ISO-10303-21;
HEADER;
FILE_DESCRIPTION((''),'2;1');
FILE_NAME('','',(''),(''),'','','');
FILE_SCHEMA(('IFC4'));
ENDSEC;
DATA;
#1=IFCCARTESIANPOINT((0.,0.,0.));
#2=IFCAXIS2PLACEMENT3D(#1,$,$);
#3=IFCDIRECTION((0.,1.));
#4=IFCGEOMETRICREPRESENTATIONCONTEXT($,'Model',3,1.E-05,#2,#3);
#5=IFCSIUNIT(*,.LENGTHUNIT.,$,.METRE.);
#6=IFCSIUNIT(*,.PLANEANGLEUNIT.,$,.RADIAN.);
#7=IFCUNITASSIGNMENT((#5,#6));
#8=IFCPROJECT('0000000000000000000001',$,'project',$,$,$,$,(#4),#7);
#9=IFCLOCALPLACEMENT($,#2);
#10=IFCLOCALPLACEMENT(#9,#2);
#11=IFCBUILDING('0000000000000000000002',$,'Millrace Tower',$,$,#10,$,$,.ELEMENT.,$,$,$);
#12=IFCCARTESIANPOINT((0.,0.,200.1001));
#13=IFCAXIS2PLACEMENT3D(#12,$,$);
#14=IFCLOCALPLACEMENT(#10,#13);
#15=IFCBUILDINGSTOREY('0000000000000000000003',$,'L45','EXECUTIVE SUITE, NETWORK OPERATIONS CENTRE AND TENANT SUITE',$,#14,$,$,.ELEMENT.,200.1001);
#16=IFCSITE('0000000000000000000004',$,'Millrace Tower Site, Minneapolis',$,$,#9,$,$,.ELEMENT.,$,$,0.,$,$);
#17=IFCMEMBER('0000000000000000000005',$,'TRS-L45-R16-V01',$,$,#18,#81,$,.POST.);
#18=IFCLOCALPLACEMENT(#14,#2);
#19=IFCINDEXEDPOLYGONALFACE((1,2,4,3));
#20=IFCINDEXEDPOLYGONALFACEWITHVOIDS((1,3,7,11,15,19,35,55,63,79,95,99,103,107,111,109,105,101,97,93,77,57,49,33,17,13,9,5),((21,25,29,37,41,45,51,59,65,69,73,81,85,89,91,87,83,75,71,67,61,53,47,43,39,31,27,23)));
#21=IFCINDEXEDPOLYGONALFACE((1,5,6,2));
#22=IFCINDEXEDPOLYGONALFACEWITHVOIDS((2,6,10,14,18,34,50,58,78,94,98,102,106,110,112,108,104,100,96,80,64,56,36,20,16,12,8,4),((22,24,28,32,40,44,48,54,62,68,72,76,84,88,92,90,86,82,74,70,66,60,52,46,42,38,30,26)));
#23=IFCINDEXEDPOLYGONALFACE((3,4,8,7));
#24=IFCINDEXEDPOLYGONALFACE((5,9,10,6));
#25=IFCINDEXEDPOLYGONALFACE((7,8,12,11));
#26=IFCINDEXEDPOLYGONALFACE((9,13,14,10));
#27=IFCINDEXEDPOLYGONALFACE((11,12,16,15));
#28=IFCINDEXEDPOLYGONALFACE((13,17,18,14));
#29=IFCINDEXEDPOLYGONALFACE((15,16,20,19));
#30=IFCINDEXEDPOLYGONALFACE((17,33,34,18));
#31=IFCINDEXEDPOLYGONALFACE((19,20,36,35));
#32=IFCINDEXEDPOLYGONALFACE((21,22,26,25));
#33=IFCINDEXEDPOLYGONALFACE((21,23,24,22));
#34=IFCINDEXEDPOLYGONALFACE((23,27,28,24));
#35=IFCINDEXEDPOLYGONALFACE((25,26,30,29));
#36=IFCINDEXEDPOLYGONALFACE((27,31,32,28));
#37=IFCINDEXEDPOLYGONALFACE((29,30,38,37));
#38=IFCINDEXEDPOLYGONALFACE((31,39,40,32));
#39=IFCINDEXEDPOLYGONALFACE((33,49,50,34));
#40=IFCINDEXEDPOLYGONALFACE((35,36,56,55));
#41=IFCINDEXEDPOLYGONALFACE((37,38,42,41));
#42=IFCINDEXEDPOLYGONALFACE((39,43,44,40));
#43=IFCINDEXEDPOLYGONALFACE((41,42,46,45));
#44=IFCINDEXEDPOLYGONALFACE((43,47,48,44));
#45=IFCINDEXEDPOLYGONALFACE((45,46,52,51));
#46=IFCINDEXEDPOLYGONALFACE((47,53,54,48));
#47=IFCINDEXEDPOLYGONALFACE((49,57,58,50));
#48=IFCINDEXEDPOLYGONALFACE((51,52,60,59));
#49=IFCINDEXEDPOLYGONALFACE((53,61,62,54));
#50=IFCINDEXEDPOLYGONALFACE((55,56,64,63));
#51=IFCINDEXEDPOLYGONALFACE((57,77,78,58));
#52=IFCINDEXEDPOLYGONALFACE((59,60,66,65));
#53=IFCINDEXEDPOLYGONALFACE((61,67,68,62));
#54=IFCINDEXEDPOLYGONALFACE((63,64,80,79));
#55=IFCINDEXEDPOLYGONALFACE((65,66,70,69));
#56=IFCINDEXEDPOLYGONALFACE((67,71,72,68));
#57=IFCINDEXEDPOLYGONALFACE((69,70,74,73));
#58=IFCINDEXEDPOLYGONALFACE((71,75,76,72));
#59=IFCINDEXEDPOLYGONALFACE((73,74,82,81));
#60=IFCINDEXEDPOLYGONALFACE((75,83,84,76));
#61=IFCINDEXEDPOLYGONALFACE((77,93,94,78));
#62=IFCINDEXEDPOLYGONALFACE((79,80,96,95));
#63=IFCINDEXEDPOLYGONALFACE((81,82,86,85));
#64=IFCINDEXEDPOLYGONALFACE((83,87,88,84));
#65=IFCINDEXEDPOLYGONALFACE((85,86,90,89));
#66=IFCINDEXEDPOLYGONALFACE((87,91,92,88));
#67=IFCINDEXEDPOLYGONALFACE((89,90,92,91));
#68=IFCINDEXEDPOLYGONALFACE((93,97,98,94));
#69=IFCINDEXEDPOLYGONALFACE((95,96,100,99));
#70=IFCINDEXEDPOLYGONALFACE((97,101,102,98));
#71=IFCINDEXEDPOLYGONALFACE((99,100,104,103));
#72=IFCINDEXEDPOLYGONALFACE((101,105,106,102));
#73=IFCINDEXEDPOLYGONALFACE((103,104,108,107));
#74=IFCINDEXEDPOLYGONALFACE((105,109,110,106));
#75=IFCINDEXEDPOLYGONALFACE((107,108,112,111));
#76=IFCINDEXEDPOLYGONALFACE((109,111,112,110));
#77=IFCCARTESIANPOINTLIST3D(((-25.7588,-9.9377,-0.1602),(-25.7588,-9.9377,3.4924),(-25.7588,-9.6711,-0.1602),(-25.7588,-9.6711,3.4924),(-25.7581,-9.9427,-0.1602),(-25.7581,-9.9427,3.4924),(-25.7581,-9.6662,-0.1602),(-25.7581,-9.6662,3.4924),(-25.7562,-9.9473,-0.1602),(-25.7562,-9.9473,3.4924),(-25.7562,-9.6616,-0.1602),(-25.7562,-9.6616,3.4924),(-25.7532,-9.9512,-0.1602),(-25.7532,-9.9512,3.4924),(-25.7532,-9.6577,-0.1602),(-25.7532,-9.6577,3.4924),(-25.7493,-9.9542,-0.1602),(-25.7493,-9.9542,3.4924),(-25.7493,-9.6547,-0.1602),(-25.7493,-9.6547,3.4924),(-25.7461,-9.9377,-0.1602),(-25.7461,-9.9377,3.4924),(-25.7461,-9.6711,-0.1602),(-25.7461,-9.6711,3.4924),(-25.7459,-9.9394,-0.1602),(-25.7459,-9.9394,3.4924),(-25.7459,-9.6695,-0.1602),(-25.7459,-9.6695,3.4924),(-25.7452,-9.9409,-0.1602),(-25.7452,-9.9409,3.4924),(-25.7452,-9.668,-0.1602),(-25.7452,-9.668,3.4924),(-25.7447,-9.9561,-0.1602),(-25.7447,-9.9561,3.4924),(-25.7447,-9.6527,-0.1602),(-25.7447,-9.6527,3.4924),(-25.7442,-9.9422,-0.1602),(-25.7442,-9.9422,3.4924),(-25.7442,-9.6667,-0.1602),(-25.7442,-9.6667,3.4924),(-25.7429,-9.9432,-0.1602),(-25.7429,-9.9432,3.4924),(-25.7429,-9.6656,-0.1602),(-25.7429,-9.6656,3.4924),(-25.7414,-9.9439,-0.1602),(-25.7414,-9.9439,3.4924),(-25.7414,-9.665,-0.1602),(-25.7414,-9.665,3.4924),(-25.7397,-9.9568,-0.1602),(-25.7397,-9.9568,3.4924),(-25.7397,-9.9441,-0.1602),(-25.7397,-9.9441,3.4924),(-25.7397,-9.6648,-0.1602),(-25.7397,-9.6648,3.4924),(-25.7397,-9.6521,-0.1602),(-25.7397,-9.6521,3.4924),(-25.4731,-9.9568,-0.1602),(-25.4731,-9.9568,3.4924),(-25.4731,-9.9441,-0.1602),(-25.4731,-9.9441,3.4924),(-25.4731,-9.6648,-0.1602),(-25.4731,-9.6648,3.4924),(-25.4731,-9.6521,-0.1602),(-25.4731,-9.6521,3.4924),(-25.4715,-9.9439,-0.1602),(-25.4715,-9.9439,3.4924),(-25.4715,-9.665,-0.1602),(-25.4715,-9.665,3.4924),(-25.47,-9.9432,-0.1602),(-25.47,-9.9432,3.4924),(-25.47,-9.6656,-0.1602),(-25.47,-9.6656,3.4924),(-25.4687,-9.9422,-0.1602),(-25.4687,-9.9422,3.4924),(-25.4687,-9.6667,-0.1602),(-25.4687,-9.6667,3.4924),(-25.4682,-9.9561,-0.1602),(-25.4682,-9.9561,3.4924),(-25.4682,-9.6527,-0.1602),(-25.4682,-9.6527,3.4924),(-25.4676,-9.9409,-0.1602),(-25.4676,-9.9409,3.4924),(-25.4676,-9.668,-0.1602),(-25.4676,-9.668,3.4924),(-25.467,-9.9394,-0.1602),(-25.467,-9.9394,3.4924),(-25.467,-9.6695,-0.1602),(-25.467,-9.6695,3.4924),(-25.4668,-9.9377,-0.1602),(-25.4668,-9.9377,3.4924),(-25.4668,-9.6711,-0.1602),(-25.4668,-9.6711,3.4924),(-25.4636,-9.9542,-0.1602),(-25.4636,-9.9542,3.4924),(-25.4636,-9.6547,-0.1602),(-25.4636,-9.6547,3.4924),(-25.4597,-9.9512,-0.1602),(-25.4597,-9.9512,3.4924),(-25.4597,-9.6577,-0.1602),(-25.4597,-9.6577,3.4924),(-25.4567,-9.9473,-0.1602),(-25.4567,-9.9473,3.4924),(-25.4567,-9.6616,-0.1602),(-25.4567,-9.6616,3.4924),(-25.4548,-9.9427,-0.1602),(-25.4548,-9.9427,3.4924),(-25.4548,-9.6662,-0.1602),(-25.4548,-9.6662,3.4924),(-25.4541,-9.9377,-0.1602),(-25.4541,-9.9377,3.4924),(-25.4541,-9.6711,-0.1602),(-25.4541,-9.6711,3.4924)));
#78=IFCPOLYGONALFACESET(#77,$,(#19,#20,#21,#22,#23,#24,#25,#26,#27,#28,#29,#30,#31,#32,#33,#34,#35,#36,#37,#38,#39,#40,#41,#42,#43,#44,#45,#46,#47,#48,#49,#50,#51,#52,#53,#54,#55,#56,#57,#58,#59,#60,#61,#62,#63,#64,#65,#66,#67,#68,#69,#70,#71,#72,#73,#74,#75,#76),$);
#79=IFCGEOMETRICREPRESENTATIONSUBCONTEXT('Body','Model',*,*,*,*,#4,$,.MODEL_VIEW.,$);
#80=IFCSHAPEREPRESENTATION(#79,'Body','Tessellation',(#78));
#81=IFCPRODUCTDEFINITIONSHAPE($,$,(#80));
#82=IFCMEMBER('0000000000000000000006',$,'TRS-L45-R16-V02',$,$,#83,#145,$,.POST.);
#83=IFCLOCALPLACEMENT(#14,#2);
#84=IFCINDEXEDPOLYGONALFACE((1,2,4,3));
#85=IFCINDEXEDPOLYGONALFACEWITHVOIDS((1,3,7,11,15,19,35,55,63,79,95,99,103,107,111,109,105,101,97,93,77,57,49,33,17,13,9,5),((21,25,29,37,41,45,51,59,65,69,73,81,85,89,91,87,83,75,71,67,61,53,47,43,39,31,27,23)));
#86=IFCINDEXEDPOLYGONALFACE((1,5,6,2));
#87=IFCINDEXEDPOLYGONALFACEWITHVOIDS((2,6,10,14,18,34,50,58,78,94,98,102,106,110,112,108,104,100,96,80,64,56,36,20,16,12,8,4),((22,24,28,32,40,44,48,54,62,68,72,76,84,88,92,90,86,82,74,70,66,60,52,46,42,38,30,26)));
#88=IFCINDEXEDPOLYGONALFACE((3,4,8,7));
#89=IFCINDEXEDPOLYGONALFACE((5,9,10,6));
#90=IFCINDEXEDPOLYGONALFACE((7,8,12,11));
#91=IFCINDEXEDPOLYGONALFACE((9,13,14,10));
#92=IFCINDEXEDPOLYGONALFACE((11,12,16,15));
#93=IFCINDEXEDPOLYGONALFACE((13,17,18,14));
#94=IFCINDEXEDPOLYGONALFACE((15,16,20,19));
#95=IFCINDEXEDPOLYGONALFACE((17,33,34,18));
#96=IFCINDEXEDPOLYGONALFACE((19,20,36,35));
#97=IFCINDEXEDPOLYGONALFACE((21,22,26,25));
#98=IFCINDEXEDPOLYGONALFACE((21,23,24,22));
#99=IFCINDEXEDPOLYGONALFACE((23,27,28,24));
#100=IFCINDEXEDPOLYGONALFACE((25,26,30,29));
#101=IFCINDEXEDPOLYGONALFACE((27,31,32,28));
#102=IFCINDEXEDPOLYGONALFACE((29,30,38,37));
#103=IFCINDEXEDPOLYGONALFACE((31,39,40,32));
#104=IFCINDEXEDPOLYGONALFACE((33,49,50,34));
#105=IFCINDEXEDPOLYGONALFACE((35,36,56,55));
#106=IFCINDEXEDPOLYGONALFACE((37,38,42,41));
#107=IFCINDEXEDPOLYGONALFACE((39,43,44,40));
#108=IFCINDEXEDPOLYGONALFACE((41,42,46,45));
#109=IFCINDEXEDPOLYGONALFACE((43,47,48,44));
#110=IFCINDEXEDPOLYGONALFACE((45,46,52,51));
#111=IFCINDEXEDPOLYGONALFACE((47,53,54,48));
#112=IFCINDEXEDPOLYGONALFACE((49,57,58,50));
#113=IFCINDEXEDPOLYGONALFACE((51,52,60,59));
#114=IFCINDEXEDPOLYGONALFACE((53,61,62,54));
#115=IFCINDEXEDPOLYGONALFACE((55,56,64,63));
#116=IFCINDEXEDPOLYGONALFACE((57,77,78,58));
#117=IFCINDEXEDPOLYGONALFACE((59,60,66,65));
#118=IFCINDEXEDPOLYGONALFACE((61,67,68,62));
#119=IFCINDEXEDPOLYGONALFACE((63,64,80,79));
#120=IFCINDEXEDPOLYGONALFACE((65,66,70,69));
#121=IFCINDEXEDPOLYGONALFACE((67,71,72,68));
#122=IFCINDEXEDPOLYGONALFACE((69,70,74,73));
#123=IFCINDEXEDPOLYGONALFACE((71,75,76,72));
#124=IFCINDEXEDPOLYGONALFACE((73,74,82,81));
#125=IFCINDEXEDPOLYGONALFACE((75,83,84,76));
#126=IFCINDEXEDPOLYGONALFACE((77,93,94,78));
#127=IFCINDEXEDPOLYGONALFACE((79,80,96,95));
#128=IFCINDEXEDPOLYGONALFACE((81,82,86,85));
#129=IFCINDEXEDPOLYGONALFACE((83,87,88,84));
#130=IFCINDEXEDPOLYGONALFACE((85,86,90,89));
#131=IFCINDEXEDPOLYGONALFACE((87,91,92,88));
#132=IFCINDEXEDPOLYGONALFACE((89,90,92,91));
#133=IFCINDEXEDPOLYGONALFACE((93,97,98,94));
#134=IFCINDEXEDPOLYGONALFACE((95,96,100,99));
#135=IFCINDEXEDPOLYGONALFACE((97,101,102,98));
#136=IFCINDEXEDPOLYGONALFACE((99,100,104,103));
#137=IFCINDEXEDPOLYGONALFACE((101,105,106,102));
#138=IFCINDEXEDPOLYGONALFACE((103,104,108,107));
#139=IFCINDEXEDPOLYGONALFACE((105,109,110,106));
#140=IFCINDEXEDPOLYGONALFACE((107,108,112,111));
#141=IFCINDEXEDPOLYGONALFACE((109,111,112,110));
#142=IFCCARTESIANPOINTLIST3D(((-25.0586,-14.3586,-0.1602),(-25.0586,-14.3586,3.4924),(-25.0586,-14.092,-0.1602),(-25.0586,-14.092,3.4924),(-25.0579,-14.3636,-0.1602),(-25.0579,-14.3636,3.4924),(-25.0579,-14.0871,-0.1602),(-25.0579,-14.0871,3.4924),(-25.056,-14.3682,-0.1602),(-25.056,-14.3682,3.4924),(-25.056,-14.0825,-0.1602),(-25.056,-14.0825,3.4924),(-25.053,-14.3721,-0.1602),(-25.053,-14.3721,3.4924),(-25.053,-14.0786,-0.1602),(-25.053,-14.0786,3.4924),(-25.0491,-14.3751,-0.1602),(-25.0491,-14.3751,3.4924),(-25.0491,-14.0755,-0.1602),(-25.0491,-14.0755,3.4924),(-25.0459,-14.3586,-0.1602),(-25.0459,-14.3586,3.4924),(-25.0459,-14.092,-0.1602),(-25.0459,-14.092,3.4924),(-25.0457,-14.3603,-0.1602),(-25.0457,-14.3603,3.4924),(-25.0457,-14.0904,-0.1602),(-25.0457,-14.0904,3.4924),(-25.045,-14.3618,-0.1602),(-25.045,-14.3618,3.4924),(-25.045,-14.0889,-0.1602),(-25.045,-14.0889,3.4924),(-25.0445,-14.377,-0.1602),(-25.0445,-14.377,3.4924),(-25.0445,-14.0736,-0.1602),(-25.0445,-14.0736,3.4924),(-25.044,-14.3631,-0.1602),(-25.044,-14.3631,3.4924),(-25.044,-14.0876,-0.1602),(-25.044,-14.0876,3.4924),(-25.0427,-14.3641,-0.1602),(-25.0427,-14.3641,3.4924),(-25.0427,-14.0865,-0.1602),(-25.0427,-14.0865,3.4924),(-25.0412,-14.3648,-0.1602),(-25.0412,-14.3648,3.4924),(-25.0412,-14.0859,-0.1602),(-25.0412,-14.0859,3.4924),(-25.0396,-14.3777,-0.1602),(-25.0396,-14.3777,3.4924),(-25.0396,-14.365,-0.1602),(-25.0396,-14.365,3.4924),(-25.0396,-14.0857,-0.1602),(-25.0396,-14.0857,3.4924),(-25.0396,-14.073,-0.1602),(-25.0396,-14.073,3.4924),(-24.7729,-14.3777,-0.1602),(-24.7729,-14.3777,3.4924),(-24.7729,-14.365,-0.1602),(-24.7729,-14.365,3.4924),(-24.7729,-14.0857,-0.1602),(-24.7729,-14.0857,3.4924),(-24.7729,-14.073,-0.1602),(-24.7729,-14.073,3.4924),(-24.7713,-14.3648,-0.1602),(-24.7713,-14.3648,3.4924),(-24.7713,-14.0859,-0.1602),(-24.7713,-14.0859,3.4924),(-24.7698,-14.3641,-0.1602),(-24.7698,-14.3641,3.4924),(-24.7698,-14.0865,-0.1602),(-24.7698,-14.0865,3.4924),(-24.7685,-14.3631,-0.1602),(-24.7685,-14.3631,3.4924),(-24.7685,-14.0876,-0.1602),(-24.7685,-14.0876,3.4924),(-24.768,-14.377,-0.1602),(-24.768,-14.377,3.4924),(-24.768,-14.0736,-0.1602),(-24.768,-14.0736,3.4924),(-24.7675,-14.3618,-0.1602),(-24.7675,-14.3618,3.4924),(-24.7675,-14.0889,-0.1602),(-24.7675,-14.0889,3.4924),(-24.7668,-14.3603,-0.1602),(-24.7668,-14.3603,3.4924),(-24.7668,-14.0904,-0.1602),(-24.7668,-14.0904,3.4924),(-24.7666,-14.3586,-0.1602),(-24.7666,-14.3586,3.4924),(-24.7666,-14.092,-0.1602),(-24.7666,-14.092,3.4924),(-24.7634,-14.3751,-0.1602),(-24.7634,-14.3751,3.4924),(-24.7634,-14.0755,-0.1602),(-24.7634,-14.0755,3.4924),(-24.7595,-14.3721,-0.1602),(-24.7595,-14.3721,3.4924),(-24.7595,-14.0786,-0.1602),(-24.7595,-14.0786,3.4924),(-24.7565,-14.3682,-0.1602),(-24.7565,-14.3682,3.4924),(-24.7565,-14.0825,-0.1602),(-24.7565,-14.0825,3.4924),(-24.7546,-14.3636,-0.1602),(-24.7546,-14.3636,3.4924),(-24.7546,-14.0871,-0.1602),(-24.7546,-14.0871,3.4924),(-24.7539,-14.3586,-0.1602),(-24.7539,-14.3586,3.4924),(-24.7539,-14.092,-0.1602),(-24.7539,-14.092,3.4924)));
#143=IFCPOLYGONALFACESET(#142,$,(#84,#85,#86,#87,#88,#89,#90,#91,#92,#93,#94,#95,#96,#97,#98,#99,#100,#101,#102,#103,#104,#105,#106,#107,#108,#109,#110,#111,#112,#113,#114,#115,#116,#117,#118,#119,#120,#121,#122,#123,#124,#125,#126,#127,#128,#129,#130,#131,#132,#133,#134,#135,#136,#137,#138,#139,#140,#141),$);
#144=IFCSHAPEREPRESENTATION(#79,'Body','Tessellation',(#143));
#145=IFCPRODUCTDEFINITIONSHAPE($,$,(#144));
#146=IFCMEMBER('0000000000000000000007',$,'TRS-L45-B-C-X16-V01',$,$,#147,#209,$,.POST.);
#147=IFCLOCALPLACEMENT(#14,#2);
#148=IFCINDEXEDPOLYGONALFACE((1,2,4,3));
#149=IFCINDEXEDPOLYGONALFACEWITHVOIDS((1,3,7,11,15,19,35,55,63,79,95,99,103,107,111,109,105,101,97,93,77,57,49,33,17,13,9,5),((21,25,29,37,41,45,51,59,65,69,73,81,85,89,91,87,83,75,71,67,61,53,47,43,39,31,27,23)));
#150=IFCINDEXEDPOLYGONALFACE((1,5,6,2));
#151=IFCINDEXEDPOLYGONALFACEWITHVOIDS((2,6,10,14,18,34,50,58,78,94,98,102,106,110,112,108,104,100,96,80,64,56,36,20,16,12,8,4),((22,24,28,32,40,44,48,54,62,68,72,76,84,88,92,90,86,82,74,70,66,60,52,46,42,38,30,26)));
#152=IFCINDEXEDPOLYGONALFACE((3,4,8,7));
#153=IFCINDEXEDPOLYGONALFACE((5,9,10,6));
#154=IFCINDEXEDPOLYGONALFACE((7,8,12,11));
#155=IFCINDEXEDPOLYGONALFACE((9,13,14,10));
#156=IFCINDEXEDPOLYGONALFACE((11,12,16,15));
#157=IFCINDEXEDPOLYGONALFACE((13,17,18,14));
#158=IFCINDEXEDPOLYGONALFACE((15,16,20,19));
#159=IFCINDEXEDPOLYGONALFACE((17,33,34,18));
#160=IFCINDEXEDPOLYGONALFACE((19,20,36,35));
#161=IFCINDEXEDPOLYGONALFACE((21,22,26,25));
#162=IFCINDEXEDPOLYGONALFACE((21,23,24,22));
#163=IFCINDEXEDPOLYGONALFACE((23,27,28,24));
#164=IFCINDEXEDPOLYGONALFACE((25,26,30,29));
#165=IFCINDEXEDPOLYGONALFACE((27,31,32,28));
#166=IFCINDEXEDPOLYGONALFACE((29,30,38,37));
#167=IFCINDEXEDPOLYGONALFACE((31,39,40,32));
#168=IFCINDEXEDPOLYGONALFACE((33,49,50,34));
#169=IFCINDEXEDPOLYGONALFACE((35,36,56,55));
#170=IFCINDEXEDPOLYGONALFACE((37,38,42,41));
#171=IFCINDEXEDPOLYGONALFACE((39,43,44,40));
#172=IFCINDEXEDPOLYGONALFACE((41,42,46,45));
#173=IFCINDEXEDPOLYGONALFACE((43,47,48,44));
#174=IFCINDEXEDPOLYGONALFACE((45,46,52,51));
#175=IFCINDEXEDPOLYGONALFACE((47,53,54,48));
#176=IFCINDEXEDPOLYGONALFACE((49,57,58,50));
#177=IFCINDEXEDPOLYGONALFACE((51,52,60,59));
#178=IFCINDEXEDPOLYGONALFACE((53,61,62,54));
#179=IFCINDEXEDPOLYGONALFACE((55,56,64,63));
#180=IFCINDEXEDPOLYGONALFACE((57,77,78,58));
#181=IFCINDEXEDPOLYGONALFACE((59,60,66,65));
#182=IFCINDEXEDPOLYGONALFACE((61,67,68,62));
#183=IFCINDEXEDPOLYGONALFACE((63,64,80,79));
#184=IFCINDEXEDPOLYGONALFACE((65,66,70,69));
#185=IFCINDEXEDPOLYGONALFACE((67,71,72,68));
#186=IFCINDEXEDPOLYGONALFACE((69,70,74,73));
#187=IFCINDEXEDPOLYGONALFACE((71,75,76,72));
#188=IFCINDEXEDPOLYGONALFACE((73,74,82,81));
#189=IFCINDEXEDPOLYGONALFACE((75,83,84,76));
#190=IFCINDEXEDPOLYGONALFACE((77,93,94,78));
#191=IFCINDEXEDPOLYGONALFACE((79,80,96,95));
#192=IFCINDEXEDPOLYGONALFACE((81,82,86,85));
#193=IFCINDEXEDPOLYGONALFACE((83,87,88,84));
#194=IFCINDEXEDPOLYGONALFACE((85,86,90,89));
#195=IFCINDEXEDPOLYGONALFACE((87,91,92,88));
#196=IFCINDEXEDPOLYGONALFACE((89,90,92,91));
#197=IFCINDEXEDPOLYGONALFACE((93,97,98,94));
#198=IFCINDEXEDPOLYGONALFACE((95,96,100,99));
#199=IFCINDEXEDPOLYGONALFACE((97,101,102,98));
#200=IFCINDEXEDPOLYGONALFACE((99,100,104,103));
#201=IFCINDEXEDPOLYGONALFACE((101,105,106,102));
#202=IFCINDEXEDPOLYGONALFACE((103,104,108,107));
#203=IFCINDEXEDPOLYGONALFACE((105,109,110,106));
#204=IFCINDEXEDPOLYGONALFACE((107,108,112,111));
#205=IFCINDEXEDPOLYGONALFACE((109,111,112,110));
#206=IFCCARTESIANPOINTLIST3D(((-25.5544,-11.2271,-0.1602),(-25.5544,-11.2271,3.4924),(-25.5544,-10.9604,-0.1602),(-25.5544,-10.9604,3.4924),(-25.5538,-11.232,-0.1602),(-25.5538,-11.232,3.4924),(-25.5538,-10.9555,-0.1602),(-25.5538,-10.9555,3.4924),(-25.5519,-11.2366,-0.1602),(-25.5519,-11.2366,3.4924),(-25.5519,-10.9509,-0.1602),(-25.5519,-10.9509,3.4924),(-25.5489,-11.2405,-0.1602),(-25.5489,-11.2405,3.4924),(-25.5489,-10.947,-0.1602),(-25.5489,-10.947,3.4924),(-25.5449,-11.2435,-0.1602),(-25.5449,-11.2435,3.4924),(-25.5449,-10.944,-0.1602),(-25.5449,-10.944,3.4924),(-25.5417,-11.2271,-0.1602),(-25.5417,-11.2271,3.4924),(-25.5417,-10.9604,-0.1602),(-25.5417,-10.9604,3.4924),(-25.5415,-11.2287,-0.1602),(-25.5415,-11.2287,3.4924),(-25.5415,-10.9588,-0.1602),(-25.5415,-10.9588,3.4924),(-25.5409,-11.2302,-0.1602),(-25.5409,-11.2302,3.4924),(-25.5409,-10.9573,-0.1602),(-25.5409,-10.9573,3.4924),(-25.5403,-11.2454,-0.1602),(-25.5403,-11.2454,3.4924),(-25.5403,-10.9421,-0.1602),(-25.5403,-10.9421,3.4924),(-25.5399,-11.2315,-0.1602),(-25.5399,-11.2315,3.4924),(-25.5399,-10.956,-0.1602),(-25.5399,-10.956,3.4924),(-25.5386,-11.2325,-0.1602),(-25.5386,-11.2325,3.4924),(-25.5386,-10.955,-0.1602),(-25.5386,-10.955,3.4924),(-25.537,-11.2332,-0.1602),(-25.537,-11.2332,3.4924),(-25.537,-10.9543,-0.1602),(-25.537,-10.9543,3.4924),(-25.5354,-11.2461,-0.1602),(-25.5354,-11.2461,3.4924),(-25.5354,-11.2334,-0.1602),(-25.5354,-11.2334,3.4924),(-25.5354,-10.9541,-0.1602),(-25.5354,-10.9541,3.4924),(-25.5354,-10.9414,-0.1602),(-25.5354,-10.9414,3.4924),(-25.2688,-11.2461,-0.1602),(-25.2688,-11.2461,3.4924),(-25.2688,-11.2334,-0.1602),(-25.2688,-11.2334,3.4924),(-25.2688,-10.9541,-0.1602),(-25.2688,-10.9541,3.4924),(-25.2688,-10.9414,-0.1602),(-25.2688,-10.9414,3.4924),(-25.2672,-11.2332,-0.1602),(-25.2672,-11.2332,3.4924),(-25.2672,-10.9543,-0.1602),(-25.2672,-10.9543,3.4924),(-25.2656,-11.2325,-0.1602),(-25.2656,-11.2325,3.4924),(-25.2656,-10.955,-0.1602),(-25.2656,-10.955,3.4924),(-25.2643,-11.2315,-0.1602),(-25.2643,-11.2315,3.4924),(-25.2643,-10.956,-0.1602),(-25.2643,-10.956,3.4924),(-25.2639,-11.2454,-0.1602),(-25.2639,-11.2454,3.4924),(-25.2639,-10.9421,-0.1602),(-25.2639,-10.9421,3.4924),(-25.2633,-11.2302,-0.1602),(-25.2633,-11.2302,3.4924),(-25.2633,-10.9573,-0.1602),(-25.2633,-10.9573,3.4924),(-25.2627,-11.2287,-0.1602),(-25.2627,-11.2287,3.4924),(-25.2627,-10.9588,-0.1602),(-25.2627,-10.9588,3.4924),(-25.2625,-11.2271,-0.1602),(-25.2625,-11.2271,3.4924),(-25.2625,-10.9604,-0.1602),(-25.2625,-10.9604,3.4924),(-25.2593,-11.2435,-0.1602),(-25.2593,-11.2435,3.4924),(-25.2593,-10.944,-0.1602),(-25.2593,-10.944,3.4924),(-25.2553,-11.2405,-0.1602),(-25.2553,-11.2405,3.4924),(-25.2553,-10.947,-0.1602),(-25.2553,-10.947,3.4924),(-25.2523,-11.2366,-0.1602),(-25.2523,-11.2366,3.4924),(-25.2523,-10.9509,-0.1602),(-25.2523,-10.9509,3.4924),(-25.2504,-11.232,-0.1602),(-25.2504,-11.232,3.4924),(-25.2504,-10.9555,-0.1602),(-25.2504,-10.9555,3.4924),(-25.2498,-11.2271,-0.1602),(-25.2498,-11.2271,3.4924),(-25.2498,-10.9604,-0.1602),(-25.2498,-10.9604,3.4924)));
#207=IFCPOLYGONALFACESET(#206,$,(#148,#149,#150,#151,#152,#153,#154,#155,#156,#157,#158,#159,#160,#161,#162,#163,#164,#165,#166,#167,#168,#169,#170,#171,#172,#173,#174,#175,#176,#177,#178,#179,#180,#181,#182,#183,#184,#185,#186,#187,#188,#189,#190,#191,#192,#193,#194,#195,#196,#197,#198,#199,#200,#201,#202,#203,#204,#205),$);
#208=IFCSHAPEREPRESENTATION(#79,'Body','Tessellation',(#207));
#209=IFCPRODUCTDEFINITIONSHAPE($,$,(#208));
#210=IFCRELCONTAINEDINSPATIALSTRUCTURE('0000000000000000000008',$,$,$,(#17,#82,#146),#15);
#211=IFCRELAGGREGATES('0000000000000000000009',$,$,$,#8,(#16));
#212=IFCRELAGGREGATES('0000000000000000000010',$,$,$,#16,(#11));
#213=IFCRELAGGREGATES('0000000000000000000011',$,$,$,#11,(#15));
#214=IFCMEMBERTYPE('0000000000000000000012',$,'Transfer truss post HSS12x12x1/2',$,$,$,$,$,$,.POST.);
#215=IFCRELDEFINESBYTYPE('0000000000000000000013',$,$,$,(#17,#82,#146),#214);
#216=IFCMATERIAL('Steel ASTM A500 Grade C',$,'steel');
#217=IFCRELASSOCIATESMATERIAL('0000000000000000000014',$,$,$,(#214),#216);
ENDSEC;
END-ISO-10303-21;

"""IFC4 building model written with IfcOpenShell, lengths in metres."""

from ifc_helpers import new_model, si_unit, direction, frame, origin, origin_2d, place, context, subcontext, project, spatial, hollow_rectangle, extrude, material, material_profile, profile_set, type_object, element, save


model = new_model("IFC4")

# Units and contexts
model_context = context("Model", 3, precision=1e-05, world=origin(), true_north=direction((0.0, 1.0)))
body_context = subcontext(model_context, "Body", "Model", "MODEL_VIEW")
ifc_project = project(units=[si_unit("LENGTHUNIT", "METRE"), si_unit("PLANEANGLEUNIT", "RADIAN")], contexts=[model_context])

# Site, building, storey
site_placement = place(None, origin())
site = spatial("IfcSite", under=ifc_project, at=site_placement, Name="Millrace Tower Site, Minneapolis", CompositionType="ELEMENT", RefElevation=0.0)
building_placement = place(site_placement, origin())
building = spatial("IfcBuilding", under=site, at=building_placement, Name="Millrace Tower", CompositionType="ELEMENT")
storey_placement = place(building_placement, frame((0.0, 0.0, 200.1001)))
storey = spatial("IfcBuildingStorey", under=building, at=storey_placement, Name="L45", Description="EXECUTIVE SUITE, NETWORK OPERATIONS CENTRE AND TENANT SUITE", CompositionType="ELEMENT", Elevation=200.1001)

# Members
ifc_material_1 = material(Name="Steel ASTM A500 Grade C", Category="steel")
ifc_material_profile_1 = material_profile(ifc_material_1, hollow_rectangle(XDim=0.3047, YDim=0.3047, WallThickness=0.0127, InnerFilletRadius=0.0063, OuterFilletRadius=0.019, at=origin_2d()))
ifc_profile_set_1 = profile_set([ifc_material_profile_1], Name="Steel ASTM A500 Grade C")
member_type_1 = type_object("IfcMemberType", Name="Transfer truss post HSS12x12x1/2", PredefinedType="POST", material=ifc_profile_set_1)
for number, where, z_axis, x_axis, name in (
    (1, (-25.6064, -9.8044, -0.1602), (0.0, 0.0, 1.0), (1.0, 0.0, 0.0), "TRS-L45-R16-V01"),
    (2, (-24.9062, -14.2253, -0.1602), (0.0, 0.0, 1.0), (1.0, 0.0, 0.0), "TRS-L45-R16-V02"),
    (3, (-25.4021, -11.0938, -0.1602), (0.0, 0.0, 1.0), (1.0, 0.0, 0.0), "TRS-L45-B-C-X16-V01"),
):
    element("IfcMember", number, at=place(storey_placement, frame(where, z_axis=z_axis, x_axis=x_axis)), inside=storey, type_object=member_type_1, Name=name, PredefinedType="POST", context=body_context, shape_type="SweptSolid", body=[
        extrude(hollow_rectangle(XDim=0.3047, YDim=0.3047, WallThickness=0.0127, InnerFilletRadius=0.0063, OuterFilletRadius=0.019, at=origin_2d()), origin(), (0.0, 0.0, 1.0), 3.6526),
    ])

save(model, "model.ifc")
